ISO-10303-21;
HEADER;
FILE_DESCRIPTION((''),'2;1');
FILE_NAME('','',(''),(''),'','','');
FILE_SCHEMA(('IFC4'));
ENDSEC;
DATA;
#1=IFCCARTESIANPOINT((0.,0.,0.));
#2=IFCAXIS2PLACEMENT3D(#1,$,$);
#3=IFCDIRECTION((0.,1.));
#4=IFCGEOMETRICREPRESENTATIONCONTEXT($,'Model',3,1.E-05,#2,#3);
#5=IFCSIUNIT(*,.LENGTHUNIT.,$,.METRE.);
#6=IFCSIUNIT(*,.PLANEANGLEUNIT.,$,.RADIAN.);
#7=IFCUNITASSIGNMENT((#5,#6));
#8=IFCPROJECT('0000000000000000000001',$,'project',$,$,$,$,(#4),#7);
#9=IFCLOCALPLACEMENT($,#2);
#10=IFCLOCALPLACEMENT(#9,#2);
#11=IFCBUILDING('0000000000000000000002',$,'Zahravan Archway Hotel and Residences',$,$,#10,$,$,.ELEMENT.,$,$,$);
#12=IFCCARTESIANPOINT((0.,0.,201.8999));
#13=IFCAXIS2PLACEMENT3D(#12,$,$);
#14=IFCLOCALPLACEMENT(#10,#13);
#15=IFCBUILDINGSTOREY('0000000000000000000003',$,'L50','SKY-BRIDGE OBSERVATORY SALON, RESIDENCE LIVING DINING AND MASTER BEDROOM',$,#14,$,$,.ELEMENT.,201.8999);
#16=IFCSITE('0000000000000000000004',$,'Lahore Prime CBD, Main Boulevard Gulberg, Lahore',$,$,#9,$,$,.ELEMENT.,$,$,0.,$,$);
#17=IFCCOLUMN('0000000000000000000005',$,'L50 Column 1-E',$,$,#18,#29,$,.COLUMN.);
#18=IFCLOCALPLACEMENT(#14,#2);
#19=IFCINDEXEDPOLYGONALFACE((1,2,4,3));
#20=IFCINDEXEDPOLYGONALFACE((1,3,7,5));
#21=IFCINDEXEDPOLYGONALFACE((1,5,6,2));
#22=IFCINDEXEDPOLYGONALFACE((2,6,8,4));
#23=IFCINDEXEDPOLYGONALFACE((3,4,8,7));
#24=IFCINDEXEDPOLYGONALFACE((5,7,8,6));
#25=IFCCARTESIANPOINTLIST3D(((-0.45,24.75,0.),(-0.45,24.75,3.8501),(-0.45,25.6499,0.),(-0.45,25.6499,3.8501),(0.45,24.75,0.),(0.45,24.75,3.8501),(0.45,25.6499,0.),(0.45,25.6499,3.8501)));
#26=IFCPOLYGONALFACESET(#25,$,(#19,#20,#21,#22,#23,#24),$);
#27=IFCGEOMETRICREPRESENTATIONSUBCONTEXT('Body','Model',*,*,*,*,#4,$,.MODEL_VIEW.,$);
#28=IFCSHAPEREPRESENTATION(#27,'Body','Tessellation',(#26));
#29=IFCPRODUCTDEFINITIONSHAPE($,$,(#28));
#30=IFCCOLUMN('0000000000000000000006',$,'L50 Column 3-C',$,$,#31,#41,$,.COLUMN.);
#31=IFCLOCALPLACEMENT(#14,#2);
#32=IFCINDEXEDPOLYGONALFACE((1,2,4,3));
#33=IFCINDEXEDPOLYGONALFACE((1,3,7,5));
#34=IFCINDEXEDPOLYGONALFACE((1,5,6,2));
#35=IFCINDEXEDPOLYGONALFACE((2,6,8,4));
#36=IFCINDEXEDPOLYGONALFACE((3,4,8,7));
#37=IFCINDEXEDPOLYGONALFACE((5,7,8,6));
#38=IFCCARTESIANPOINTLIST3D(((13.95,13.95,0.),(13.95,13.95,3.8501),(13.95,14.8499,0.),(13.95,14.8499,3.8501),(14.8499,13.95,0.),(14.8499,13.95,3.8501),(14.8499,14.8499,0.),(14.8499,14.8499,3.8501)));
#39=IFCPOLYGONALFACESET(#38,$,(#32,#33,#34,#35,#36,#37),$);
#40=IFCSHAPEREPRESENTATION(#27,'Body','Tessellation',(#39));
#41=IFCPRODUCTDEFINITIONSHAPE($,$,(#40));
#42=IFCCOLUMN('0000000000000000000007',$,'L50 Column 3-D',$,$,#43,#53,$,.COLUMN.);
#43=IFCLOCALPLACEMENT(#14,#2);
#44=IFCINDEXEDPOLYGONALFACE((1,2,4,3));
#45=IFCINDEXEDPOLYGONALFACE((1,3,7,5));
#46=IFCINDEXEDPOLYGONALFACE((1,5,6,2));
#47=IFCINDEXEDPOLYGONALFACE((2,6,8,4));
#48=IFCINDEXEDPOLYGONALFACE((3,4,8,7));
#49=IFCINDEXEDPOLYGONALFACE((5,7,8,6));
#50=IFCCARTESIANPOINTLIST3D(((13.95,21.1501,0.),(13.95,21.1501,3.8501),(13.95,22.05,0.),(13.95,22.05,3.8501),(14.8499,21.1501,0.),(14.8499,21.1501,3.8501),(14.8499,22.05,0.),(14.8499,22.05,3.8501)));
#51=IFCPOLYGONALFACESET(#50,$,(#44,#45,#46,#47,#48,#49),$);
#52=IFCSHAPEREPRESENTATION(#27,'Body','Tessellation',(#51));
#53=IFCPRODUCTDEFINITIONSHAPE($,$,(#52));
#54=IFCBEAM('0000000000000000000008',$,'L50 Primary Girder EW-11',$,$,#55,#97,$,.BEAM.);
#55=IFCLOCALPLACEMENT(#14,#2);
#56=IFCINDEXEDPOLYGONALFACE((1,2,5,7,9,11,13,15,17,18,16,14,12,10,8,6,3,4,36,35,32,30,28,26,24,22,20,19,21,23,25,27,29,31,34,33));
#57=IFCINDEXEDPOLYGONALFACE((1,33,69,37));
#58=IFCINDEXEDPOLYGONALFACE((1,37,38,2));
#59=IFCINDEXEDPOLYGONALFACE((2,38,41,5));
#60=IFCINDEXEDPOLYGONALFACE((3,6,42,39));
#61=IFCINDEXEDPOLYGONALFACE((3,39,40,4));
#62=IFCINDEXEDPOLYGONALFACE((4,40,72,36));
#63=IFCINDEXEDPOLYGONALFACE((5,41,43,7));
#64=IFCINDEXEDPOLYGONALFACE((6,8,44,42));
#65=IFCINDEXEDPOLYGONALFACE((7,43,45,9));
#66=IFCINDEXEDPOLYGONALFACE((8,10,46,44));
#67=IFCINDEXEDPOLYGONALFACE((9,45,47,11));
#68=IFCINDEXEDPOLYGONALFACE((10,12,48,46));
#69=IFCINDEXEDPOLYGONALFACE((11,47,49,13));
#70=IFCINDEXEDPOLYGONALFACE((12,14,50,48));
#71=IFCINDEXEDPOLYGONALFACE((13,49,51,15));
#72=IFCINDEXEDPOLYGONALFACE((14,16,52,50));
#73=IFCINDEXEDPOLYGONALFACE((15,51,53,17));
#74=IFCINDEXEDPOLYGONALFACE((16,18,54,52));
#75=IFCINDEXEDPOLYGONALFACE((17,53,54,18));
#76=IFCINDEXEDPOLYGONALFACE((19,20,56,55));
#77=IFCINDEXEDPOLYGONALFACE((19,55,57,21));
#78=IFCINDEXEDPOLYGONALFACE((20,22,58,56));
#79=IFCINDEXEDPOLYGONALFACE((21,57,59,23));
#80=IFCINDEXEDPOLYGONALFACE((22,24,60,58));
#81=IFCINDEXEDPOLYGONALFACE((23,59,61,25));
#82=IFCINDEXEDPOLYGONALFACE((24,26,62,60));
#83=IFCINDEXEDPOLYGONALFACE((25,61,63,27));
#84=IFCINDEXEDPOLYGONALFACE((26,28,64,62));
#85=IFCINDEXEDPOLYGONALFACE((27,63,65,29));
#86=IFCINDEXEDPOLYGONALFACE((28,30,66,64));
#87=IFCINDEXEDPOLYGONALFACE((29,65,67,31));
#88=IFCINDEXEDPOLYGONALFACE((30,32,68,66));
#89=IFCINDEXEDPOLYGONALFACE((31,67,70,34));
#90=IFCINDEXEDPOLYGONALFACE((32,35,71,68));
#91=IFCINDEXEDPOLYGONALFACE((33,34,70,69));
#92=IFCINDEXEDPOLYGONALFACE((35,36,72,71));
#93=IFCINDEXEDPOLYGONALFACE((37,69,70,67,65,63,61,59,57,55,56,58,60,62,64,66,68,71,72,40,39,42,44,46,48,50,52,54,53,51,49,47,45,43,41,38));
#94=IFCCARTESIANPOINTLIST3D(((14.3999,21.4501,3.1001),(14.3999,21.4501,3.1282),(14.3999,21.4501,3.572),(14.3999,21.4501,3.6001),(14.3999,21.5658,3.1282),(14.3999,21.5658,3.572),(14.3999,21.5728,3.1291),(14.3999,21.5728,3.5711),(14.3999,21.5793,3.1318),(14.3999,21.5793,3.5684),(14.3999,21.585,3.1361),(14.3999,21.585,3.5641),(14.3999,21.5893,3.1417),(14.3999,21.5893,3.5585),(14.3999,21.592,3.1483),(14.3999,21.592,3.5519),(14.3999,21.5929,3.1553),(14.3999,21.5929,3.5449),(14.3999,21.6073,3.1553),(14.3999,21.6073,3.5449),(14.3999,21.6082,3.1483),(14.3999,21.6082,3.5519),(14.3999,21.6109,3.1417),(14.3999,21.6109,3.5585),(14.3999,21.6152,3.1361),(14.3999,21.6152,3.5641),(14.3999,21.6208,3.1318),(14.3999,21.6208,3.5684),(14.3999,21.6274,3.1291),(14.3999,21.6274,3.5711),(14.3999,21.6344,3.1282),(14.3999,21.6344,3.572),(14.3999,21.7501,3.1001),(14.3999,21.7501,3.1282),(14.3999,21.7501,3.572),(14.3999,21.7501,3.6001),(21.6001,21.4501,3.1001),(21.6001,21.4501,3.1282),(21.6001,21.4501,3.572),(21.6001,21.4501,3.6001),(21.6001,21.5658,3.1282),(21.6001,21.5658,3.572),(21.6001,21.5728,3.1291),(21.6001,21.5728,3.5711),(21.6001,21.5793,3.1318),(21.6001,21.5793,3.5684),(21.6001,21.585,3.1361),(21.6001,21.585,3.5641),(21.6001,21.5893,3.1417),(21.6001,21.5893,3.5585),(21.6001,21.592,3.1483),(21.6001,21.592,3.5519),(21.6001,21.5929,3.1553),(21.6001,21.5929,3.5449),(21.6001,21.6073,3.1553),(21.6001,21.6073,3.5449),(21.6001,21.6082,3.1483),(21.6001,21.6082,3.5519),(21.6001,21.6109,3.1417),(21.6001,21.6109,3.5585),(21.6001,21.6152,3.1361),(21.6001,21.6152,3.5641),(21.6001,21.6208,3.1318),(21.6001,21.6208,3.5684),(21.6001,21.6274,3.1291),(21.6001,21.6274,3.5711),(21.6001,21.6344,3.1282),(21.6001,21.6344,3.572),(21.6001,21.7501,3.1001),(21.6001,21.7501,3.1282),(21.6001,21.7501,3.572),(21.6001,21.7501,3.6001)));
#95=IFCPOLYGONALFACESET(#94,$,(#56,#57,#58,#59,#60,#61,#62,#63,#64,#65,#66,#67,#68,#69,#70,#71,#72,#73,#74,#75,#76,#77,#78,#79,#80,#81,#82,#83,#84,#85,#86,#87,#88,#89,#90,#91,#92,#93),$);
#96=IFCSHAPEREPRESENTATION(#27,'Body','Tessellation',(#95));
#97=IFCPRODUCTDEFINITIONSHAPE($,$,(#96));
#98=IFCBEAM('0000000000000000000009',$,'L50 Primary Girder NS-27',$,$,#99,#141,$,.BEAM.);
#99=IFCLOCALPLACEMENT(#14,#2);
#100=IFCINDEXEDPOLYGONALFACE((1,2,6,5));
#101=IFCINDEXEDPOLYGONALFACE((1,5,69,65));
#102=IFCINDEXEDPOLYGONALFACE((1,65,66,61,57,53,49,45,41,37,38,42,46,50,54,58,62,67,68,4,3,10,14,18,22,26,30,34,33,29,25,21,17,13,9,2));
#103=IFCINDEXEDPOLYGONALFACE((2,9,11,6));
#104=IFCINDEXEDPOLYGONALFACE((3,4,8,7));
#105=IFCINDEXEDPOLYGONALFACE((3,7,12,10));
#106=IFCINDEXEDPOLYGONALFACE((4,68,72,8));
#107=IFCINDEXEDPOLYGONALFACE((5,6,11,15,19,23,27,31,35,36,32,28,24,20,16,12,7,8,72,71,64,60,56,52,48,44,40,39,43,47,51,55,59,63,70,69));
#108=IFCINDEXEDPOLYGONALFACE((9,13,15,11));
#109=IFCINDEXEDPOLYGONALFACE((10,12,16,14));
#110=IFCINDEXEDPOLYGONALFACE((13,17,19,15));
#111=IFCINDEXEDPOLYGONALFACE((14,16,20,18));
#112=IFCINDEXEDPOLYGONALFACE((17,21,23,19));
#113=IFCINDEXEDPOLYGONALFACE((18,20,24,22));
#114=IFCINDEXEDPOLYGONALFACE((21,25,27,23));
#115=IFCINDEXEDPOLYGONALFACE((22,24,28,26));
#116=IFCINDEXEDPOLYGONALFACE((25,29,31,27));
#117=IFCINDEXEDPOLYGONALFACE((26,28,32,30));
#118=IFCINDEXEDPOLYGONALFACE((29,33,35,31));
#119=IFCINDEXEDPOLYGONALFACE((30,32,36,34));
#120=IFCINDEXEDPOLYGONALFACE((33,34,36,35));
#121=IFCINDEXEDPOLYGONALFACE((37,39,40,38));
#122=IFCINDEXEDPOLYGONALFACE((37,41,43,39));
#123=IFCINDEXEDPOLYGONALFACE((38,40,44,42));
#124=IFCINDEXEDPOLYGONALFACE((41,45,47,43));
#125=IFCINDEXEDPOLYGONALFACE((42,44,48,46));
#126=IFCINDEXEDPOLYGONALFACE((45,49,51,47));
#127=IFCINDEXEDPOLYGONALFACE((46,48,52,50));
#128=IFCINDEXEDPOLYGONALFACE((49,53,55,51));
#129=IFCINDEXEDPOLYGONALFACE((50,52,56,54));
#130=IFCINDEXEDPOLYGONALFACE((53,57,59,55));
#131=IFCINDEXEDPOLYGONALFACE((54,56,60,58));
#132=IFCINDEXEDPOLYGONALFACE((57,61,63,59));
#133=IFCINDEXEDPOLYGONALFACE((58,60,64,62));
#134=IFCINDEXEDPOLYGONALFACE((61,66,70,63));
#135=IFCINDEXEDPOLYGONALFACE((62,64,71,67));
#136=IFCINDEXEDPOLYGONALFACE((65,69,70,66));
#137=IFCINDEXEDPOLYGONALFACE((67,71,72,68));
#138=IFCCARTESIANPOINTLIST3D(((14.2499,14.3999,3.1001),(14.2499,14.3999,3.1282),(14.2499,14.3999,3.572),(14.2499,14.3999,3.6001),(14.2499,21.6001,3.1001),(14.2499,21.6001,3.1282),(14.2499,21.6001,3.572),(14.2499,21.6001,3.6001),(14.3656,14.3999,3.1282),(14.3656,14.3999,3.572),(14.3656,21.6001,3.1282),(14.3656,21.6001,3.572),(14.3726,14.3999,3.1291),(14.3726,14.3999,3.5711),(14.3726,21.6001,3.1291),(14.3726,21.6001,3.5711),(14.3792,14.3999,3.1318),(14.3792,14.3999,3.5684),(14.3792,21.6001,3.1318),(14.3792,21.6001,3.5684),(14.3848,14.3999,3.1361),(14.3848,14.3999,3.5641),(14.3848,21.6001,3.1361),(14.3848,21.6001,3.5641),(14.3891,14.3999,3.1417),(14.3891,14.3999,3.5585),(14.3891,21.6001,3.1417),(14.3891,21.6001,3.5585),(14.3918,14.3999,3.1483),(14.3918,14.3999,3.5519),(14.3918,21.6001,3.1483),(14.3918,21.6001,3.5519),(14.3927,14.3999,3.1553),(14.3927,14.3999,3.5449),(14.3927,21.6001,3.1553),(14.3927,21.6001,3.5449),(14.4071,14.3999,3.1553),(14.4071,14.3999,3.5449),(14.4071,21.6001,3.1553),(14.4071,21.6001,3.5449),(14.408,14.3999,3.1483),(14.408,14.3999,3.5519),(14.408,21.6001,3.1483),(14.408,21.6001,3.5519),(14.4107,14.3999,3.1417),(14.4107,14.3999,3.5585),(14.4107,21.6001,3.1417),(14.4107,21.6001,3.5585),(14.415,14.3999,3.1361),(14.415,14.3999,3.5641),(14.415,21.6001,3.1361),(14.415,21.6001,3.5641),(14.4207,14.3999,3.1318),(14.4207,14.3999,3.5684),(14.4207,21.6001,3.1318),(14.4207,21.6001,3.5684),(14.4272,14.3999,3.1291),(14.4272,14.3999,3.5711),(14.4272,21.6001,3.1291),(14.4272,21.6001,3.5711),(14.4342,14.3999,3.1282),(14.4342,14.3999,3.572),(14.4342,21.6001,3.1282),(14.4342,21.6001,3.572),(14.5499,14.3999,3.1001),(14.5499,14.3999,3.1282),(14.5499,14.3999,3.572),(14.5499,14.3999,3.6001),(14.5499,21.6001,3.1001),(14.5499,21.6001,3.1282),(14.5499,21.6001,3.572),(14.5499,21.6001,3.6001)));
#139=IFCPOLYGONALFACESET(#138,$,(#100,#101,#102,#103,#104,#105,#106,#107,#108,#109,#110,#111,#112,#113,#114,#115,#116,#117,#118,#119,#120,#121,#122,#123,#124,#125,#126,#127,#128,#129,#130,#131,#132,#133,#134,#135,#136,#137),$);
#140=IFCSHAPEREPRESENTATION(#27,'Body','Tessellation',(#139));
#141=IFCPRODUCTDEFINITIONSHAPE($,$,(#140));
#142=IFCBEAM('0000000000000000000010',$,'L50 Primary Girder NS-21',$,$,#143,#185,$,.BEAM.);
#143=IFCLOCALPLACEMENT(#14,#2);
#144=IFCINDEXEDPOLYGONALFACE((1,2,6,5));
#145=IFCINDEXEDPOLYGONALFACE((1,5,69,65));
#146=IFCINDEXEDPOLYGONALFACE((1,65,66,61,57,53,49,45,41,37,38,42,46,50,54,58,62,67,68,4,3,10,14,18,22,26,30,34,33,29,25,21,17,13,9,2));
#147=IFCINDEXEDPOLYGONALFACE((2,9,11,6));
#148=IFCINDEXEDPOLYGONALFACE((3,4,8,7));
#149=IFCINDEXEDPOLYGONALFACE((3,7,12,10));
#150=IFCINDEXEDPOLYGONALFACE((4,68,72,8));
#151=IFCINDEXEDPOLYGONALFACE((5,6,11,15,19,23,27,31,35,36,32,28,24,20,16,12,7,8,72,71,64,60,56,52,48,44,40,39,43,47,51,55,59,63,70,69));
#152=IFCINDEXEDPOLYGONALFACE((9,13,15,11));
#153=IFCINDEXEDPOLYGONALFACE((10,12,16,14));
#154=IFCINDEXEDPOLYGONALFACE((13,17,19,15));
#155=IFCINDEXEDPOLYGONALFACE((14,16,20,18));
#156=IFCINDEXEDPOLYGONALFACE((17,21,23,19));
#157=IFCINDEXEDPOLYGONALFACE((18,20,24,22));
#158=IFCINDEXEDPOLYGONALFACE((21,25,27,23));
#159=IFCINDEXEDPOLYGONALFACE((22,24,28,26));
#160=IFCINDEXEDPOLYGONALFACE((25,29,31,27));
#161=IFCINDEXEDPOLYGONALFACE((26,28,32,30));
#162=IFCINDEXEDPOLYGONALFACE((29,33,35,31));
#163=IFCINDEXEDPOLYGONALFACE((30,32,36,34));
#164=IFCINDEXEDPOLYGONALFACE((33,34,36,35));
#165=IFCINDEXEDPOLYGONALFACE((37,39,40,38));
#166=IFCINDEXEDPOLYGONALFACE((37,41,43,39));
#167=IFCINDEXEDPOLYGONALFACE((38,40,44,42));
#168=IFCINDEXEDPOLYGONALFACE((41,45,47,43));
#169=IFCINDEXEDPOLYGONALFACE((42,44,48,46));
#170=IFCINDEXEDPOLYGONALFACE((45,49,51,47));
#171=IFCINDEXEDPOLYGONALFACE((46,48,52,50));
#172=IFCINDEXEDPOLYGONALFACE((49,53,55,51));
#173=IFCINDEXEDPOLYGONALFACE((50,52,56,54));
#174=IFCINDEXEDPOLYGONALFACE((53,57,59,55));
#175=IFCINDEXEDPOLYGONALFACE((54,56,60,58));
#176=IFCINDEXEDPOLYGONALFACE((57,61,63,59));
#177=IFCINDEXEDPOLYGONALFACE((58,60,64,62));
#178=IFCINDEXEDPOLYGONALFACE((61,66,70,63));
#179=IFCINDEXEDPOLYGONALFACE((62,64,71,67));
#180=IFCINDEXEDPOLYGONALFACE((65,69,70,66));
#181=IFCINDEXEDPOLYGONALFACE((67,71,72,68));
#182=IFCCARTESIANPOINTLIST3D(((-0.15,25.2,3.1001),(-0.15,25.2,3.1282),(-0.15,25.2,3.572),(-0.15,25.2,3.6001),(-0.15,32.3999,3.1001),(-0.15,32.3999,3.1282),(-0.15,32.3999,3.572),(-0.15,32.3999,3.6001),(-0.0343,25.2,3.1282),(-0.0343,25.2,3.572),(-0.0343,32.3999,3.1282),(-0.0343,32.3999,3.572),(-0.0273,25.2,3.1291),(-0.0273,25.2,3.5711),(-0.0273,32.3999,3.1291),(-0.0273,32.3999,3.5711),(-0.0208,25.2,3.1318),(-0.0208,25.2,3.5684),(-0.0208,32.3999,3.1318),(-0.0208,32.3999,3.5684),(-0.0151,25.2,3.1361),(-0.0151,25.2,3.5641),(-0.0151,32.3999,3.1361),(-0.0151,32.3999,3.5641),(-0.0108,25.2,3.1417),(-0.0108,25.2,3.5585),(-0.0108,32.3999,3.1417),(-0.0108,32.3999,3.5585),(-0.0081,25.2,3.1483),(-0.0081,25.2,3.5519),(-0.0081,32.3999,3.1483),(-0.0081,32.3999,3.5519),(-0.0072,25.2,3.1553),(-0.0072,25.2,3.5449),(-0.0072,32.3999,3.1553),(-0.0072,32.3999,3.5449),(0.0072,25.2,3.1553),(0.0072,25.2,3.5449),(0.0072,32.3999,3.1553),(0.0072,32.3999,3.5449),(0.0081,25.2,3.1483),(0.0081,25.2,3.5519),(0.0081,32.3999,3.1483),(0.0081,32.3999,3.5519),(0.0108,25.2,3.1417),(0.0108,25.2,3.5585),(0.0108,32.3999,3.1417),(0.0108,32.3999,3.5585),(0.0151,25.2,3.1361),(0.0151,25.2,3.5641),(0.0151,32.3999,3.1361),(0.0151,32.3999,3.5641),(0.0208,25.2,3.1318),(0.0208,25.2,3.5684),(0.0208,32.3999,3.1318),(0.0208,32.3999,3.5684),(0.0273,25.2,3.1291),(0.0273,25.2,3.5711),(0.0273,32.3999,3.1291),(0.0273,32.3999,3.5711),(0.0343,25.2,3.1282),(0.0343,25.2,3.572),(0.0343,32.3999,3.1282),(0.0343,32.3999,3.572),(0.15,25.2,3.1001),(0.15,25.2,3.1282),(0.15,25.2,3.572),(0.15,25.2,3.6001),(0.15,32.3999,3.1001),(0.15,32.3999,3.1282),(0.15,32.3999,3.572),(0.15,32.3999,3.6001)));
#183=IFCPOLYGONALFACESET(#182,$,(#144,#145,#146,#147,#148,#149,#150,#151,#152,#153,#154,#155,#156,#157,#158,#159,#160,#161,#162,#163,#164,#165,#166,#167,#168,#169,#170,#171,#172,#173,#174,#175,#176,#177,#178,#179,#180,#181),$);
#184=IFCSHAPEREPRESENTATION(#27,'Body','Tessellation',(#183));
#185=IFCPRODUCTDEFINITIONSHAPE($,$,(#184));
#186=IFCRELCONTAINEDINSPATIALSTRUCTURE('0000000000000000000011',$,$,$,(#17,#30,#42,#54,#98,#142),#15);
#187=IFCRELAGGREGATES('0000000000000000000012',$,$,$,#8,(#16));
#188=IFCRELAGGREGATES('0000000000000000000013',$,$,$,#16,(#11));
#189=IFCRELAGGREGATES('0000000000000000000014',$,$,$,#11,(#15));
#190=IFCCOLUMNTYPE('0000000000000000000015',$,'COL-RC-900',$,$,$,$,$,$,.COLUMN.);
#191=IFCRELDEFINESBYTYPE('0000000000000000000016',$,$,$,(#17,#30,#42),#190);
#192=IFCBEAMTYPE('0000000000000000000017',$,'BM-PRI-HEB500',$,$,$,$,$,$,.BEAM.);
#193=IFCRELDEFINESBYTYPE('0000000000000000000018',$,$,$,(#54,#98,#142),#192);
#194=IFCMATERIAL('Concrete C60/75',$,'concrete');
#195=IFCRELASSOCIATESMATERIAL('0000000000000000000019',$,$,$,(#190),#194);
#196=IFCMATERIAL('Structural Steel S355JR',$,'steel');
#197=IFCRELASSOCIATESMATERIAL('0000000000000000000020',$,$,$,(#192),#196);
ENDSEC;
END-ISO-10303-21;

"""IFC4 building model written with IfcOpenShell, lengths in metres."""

from ifc_helpers import new_model, si_unit, direction, frame, origin, origin_2d, place, context, subcontext, project, spatial, rectangle, i_section, extrude, source, transform, mapped, material, material_profile, profile_set, type_object, type_shapes, element, save


model = new_model("IFC4")

# Units and contexts
model_context = context("Model", 3, precision=1e-05, world=origin(), true_north=direction((0.0, 1.0)))
body_context = subcontext(model_context, "Body", "Model", "MODEL_VIEW")
ifc_project = project(units=[si_unit("LENGTHUNIT", "METRE"), si_unit("PLANEANGLEUNIT", "RADIAN")], contexts=[model_context])

# Site, building, storey
site_placement = place(None, origin())
site = spatial("IfcSite", under=ifc_project, at=site_placement, Name="Lahore Prime CBD, Main Boulevard Gulberg, Lahore", CompositionType="ELEMENT", RefElevation=0.0)
building_placement = place(site_placement, origin())
building = spatial("IfcBuilding", under=site, at=building_placement, Name="Zahravan Archway Hotel and Residences", CompositionType="ELEMENT")
storey_placement = place(building_placement, frame((0.0, 0.0, 201.8999)))
storey = spatial("IfcBuildingStorey", under=building, at=storey_placement, Name="L50", Description="SKY-BRIDGE OBSERVATORY SALON, RESIDENCE LIVING DINING AND MASTER BEDROOM", CompositionType="ELEMENT", Elevation=201.8999)

# Columns
ifc_material_1 = material(Name="Concrete C60/75", Category="concrete")
ifc_material_profile_1 = material_profile(ifc_material_1, rectangle(XDim=0.8999, YDim=0.8999, at=origin_2d()), Name="RC-COL-900x900", Category="concrete")
ifc_profile_set_1 = profile_set([ifc_material_profile_1], Name="Concrete C60/75")
column_type = type_object("IfcColumnType", Name="COL-RC-900", PredefinedType="COLUMN", material=ifc_profile_set_1)
shared_shape_1 = source(origin(), body_context, "Body", "SweptSolid", [
    extrude(rectangle(XDim=0.8999, YDim=0.8999, at=origin_2d()), origin(), (0.0, 0.0, 1.0), 3.8501),
])
type_shapes(column_type, [shared_shape_1])
for number, where, z_axis, x_axis, name in (
    (1, (0.0, 25.2, 0.0), (0.0, 0.0, 1.0), (1.0, 0.0, 0.0), "L50 Column 1-E"),
    (2, (14.3999, 14.3999, 0.0), (0.0, 0.0, 1.0), (1.0, 0.0, 0.0), "L50 Column 3-C"),
    (3, (14.3999, 21.6001, 0.0), (0.0, 0.0, 1.0), (1.0, 0.0, 0.0), "L50 Column 3-D"),
):
    element("IfcColumn", number, at=place(storey_placement, frame(where, z_axis=z_axis, x_axis=x_axis)), inside=storey, type_object=column_type, Name=name, PredefinedType="COLUMN", context=body_context, shape_type="MappedRepresentation", body=[
        mapped(shared_shape_1, transform((0.0, 0.0, 0.0), scale=1.0)),
    ])

# Beams
ifc_material_2 = material(Name="Structural Steel S355JR", Category="steel")
ifc_material_profile_2 = material_profile(ifc_material_2, i_section(OverallWidth=0.3, OverallDepth=0.5, WebThickness=0.0144, FlangeThickness=0.0281, FilletRadius=0.0271, at=origin_2d()), Name="HEB 500", Category="steel")
ifc_profile_set_2 = profile_set([ifc_material_profile_2], Name="Structural Steel S355JR")
beam_type = type_object("IfcBeamType", Name="BM-PRI-HEB500", PredefinedType="BEAM", material=ifc_profile_set_2)
shared_shape_2 = source(origin(), body_context, "Body", "SweptSolid", [
    extrude(i_section(OverallWidth=0.3, OverallDepth=0.5, WebThickness=0.0144, FlangeThickness=0.0281, FilletRadius=0.0271, at=origin_2d()), origin(), (0.0, 0.0, 1.0), 7.2002),
])
type_shapes(beam_type, [shared_shape_2])
for number, where, z_axis, x_axis, name in (
    (4, (14.3999, 21.6001, 3.3501), (1.0, 0.0, 0.0), (0.0, 1.0, 0.0), "L50 Primary Girder EW-11"),
    (5, (14.3999, 14.3999, 3.3501), (0.0, 1.0, 0.0), (-1.0, 0.0, 0.0), "L50 Primary Girder NS-27"),
):
    element("IfcBeam", number, at=place(storey_placement, frame(where, z_axis=z_axis, x_axis=x_axis)), inside=storey, type_object=beam_type, Name=name, PredefinedType="BEAM", context=body_context, shape_type="MappedRepresentation", body=[
        mapped(shared_shape_2, transform((0.0, 0.0, 0.0), scale=1.0)),
    ])
shared_shape_3 = source(origin(), body_context, "Body", "SweptSolid", [
    extrude(i_section(OverallWidth=0.3, OverallDepth=0.5, WebThickness=0.0144, FlangeThickness=0.0281, FilletRadius=0.0271, at=origin_2d()), origin(), (0.0, 0.0, 1.0), 7.2),
])
beam_1_placement = place(storey_placement, frame((0.0, 25.2, 3.3501), z_axis=(0.0, 1.0, 0.0), x_axis=(-1.0, 0.0, 0.0)))
element("IfcBeam", 6, at=beam_1_placement, inside=storey, type_object=beam_type, Name="L50 Primary Girder NS-21", PredefinedType="BEAM", context=body_context, shape_type="MappedRepresentation", body=[
    mapped(shared_shape_3, transform((0.0, 0.0, 0.0), scale=1.0)),
])

save(model, "model.ifc")
